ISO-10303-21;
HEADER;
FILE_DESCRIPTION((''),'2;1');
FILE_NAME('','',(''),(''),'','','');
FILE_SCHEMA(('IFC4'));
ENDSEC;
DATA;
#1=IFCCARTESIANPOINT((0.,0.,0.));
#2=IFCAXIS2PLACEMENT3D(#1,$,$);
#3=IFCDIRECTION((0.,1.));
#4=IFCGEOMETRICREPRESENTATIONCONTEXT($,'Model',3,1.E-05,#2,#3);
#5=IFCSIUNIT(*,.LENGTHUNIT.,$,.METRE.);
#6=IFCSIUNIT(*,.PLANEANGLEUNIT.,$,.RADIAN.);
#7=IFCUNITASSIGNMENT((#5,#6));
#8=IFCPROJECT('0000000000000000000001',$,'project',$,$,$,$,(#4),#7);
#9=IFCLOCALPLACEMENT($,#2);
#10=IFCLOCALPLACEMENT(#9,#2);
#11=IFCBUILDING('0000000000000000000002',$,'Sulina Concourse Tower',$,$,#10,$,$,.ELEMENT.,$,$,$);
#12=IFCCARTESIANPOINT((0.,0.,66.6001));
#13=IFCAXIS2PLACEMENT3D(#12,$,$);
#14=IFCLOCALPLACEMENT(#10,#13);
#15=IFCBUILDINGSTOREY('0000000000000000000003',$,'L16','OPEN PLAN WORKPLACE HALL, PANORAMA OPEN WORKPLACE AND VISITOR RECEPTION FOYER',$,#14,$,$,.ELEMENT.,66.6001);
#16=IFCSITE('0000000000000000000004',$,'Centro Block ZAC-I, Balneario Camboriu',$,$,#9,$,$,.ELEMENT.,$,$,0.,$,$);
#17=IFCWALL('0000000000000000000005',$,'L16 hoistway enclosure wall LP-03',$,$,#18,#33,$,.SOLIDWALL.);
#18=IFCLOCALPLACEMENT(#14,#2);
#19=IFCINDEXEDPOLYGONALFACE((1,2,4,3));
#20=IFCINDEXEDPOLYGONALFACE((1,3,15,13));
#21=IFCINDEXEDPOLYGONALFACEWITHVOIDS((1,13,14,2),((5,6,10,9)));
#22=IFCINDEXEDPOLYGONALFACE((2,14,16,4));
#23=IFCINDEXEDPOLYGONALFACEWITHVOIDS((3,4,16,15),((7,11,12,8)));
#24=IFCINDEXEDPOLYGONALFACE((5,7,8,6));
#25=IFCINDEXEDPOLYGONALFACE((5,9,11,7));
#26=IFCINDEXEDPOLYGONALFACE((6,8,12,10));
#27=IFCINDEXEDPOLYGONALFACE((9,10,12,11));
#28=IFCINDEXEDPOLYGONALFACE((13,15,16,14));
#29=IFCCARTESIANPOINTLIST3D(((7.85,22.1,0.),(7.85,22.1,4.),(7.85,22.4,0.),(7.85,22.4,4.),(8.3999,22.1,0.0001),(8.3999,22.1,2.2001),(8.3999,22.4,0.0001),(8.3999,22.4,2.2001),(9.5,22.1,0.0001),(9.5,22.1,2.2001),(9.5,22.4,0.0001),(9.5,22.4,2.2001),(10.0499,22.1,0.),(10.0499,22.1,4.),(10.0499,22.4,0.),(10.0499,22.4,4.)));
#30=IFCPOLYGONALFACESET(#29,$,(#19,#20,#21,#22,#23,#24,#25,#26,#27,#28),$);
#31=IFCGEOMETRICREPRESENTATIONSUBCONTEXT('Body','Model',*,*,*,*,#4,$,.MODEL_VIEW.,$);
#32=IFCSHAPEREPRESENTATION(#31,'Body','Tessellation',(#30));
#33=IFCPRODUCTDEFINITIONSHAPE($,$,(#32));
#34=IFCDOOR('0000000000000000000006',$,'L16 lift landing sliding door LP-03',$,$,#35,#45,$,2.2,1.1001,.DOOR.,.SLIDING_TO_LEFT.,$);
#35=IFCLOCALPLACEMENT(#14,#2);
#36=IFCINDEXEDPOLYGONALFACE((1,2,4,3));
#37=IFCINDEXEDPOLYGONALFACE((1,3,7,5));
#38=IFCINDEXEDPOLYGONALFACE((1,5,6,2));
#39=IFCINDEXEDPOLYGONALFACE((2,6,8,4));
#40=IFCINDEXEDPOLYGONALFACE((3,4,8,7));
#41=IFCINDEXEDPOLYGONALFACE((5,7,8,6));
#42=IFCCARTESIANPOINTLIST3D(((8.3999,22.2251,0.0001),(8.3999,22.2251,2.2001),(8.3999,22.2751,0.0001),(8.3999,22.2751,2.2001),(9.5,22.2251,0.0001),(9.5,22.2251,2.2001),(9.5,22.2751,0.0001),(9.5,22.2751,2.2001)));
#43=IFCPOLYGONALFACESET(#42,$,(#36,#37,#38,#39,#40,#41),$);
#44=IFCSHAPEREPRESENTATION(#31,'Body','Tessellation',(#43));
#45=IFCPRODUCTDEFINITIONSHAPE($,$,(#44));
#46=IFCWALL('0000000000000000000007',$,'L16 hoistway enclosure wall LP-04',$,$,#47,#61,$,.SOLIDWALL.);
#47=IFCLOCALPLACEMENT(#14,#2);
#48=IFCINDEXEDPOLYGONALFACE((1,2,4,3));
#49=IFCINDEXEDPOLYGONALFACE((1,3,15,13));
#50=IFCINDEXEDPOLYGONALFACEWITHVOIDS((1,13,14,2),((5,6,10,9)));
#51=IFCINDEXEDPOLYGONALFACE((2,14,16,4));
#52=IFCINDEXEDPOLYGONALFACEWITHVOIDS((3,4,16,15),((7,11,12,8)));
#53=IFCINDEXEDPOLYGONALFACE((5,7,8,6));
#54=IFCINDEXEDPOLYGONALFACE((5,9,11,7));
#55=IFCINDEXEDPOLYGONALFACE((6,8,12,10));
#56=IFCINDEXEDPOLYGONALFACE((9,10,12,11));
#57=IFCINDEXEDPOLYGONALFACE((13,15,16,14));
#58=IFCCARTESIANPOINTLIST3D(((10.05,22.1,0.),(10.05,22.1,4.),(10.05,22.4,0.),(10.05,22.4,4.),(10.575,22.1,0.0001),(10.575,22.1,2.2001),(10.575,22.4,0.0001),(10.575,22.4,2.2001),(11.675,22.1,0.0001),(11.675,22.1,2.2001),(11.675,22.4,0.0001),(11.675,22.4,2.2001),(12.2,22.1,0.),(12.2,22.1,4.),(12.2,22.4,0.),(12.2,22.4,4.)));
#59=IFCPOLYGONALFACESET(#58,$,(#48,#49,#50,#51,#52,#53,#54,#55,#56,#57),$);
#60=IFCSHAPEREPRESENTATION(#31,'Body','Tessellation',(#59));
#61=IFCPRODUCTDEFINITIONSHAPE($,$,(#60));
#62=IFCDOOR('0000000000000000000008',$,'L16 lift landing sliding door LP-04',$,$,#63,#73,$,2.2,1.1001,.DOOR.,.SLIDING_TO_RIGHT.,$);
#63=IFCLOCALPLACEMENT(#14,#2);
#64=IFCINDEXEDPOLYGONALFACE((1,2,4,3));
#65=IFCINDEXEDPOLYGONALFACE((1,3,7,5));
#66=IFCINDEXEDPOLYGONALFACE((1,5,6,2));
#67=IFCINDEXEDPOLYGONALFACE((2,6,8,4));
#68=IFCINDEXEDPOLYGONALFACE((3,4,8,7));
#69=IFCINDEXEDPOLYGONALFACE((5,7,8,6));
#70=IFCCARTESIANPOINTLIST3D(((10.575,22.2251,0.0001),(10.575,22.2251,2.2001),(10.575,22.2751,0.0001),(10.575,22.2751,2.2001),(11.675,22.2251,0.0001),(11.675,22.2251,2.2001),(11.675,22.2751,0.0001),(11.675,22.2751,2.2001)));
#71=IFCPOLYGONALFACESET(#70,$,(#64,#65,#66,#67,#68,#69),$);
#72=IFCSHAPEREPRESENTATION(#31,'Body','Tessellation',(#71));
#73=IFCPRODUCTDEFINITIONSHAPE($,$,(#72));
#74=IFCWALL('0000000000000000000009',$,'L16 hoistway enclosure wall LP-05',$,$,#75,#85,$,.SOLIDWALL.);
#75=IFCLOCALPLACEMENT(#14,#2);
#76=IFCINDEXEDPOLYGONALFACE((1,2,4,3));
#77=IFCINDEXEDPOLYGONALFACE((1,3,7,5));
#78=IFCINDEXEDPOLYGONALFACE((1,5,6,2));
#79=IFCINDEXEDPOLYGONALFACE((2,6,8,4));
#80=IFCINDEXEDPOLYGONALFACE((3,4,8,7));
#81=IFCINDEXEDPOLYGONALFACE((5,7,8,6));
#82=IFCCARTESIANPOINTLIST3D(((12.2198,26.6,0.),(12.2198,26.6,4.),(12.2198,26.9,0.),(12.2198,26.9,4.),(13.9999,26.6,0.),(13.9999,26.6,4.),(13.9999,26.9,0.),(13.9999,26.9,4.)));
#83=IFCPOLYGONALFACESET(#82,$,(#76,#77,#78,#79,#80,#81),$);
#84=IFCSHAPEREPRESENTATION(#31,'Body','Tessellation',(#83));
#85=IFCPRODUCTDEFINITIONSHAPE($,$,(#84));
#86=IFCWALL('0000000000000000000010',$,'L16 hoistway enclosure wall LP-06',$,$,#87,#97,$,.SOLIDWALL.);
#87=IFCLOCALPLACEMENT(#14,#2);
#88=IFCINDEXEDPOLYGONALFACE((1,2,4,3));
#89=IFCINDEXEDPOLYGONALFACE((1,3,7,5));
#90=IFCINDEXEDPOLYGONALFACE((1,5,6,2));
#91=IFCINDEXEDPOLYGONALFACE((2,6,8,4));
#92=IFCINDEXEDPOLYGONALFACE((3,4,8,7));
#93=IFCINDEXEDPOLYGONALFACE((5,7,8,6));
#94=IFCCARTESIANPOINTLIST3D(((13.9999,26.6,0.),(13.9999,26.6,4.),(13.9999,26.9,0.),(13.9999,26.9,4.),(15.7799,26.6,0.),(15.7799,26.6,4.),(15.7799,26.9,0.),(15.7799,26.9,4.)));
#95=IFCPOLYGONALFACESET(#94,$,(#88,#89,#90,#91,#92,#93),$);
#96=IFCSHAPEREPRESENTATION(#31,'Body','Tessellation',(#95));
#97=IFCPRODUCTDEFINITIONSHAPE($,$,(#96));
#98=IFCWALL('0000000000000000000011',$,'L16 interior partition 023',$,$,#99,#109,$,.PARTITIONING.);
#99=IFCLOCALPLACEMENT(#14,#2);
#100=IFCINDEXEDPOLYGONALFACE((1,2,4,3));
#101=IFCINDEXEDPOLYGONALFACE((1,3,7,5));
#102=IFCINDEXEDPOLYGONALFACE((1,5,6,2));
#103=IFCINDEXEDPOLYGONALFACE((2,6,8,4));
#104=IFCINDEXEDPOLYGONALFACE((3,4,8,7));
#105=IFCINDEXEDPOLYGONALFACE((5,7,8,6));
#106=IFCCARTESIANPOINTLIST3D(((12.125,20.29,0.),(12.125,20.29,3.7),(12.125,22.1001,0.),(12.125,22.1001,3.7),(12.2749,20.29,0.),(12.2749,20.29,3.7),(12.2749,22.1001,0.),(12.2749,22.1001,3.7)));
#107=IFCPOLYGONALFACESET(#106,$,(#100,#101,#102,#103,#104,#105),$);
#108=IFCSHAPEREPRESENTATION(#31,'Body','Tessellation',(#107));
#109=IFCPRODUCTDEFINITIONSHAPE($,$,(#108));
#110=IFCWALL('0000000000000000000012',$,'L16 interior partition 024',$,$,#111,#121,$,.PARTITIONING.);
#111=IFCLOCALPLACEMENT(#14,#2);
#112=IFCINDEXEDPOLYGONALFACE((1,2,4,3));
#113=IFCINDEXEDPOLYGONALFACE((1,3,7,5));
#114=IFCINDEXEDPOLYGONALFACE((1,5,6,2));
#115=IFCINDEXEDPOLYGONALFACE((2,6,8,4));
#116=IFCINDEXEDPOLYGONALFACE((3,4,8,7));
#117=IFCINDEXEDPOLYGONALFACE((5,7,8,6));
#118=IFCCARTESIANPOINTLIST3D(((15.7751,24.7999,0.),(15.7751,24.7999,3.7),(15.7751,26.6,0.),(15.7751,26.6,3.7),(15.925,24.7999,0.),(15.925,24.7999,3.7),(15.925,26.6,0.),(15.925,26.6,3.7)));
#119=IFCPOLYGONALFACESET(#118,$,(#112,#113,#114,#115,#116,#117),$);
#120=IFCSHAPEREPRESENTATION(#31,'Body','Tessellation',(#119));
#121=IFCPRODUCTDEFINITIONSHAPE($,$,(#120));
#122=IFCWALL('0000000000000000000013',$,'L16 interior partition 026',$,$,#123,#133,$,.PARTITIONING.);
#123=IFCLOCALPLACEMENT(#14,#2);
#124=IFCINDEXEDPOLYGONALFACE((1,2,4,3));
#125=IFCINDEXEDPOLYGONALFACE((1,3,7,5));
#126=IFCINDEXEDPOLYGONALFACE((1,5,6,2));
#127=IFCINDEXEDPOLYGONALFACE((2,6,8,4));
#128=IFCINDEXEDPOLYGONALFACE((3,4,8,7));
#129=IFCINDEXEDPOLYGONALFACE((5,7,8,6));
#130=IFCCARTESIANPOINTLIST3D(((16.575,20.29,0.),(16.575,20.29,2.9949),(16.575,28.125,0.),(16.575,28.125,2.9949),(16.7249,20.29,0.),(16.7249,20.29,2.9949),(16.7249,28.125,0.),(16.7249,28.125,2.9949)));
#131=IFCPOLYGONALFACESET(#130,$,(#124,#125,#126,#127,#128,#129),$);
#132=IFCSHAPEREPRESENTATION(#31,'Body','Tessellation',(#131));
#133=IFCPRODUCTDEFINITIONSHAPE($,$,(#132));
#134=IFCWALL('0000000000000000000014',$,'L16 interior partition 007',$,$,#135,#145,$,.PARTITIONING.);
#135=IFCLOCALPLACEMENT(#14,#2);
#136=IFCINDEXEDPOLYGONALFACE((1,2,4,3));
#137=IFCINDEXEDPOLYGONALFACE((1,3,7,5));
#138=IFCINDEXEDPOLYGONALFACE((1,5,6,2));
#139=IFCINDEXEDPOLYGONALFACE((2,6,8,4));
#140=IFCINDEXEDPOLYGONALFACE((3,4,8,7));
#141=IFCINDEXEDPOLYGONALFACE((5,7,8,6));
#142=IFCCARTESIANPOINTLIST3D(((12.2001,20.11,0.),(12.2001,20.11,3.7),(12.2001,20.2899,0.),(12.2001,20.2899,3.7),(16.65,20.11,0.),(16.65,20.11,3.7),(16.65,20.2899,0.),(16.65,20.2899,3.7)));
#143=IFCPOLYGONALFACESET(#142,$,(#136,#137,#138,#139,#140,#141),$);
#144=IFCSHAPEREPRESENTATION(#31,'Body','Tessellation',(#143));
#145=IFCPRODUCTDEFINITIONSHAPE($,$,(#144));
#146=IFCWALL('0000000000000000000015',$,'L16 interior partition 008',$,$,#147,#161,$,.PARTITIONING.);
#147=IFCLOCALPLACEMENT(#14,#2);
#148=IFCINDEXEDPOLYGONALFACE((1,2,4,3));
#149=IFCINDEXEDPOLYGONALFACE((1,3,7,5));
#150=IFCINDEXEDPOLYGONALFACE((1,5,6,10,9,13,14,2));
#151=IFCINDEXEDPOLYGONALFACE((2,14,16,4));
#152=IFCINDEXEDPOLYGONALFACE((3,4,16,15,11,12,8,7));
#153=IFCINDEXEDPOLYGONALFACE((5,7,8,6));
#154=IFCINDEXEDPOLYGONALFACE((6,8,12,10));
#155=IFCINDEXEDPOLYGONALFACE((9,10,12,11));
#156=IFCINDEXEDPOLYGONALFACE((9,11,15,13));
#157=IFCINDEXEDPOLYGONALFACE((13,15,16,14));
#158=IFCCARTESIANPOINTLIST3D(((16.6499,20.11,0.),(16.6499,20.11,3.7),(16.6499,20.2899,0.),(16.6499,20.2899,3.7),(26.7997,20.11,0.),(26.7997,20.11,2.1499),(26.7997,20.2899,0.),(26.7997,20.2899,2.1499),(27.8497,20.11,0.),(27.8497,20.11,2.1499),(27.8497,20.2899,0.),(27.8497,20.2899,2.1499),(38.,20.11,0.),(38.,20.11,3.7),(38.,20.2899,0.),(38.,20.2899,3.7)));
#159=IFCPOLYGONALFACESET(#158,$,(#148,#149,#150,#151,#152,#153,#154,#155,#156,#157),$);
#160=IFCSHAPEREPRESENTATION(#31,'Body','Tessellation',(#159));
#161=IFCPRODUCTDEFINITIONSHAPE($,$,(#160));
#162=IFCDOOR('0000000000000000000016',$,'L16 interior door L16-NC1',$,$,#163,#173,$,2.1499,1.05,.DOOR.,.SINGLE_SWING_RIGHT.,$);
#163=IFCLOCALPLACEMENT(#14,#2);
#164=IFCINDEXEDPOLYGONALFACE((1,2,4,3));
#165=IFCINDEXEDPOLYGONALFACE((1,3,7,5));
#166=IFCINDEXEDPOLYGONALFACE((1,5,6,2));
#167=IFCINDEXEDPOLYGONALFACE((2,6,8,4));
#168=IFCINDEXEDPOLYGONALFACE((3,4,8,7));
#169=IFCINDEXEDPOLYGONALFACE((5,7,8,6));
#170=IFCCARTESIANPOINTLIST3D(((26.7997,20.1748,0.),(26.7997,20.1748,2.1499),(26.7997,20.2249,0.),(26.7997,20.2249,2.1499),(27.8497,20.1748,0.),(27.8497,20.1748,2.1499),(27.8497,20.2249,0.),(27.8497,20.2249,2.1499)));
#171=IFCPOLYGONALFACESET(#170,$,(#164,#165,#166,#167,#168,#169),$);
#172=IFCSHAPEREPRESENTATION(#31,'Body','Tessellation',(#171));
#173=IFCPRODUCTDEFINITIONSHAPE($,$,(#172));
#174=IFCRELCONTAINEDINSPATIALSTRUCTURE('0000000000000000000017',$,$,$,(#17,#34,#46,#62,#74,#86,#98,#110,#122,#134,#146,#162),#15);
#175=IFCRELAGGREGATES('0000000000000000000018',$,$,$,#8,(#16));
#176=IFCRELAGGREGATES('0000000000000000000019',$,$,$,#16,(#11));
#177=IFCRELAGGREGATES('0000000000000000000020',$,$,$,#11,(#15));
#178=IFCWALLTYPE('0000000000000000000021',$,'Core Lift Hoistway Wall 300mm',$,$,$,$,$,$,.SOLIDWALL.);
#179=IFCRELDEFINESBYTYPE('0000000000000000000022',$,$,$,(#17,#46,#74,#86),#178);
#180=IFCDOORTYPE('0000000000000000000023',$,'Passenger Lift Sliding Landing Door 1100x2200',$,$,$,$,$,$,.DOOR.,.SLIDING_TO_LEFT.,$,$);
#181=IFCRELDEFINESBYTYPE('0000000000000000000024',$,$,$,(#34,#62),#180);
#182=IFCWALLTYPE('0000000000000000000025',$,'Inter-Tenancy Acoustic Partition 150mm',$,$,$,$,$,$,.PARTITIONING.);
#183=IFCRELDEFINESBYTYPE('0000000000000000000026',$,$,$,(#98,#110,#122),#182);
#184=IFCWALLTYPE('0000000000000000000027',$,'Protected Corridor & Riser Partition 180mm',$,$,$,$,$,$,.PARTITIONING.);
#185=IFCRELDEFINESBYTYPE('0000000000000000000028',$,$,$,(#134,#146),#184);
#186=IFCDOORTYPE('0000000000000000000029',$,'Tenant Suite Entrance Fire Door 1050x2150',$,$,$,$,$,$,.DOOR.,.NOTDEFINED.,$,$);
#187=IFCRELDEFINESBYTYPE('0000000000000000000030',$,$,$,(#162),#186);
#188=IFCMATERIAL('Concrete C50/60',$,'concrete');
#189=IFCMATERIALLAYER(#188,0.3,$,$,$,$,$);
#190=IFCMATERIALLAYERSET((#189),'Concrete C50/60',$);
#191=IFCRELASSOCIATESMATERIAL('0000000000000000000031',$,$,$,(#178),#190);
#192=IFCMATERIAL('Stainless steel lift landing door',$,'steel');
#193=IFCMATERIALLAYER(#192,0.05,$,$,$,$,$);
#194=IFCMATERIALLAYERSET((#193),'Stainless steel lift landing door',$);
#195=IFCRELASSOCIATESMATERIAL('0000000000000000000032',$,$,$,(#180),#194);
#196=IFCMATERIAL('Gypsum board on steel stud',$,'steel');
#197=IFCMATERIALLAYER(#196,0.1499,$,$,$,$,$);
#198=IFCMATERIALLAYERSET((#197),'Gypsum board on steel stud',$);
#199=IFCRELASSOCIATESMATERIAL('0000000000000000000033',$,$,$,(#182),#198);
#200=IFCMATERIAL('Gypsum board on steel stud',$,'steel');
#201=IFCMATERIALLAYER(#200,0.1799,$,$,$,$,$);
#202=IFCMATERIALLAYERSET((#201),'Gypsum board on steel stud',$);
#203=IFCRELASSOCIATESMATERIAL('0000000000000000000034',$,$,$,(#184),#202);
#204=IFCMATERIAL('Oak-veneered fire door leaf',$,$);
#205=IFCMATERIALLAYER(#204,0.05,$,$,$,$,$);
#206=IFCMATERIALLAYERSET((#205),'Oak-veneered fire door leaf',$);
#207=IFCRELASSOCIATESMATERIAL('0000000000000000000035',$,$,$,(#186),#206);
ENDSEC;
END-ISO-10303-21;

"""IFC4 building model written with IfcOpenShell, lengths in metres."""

from ifc_helpers import new_model, si_unit, direction, frame, frame_2d, origin, place, context, subcontext, project, spatial, rectangle, extrude, material, layer, layer_set, type_object, element, fill, save


model = new_model("IFC4")

# Units and contexts
model_context = context("Model", 3, precision=1e-05, world=origin(), true_north=direction((0.0, 1.0)))
body_context = subcontext(model_context, "Body", "Model", "MODEL_VIEW")
ifc_project = project(units=[si_unit("LENGTHUNIT", "METRE"), si_unit("PLANEANGLEUNIT", "RADIAN")], contexts=[model_context])

# Site, building, storey
site_placement = place(None, origin())
site = spatial("IfcSite", under=ifc_project, at=site_placement, Name="Centro Block ZAC-I, Balneario Camboriu", CompositionType="ELEMENT", RefElevation=0.0)
building_placement = place(site_placement, origin())
building = spatial("IfcBuilding", under=site, at=building_placement, Name="Sulina Concourse Tower", CompositionType="ELEMENT")
storey_placement = place(building_placement, frame((0.0, 0.0, 66.6001)))
storey = spatial("IfcBuildingStorey", under=building, at=storey_placement, Name="L16", Description="OPEN PLAN WORKPLACE HALL, PANORAMA OPEN WORKPLACE AND VISITOR RECEPTION FOYER", CompositionType="ELEMENT", Elevation=66.6001)

# Walls, openings, doors
ifc_material_1 = material(Name="Concrete C50/60", Category="concrete")
ifc_layer_1 = layer(ifc_material_1, 0.3)
ifc_layer_set_1 = layer_set([ifc_layer_1], Name="Concrete C50/60")
wall_type_1 = type_object("IfcWallType", Name="Core Lift Hoistway Wall 300mm", PredefinedType="SOLIDWALL", material=ifc_layer_set_1)
wall_1_placement = place(storey_placement, frame((10.05, 22.25, 0.0), z_axis=(0.0, 0.0, 1.0), x_axis=(-1.0, 0.0, 0.0)))
wall_1 = element("IfcWall", 1, at=wall_1_placement, inside=storey, type_object=wall_type_1, Name="L16 hoistway enclosure wall LP-03", PredefinedType="SOLIDWALL", context=body_context, shape_type="SweptSolid", body=[
    extrude(rectangle(XDim=2.2, YDim=0.3, at=frame_2d((1.1001, 0.0))), origin(), (0.0, 0.0, 1.0), 4.0),
])
opening_1_placement = place(wall_1_placement, frame((0.55, 0.0, 0.0)))
opening_1 = element("IfcOpeningElement", 2, at=opening_1_placement, cuts=wall_1, PredefinedType="OPENING", context=body_context, shape_type="SweptSolid", body=[
    extrude(rectangle(XDim=1.1001, YDim=2.2, at=frame_2d((0.55, 1.1001))), frame((0.0, 0.1599, 0.0), z_axis=(0.0, -1.0, 0.0), x_axis=(1.0, 0.0, 0.0)), (0.0, 0.0, 1.0), 0.3201),
])
ifc_material_2 = material(Name="Stainless steel lift landing door", Category="steel")
ifc_layer_2 = layer(ifc_material_2, 0.05)
ifc_layer_set_2 = layer_set([ifc_layer_2], Name="Stainless steel lift landing door")
door_type_1 = type_object("IfcDoorType", Name="Passenger Lift Sliding Landing Door 1100x2200", OperationType="SLIDING_TO_LEFT", PredefinedType="DOOR", material=ifc_layer_set_2)
door_1_placement = place(opening_1_placement, origin())
door_1 = element("IfcDoor", 3, at=door_1_placement, inside=storey, type_object=door_type_1, Name="L16 lift landing sliding door LP-03", OperationType="SLIDING_TO_LEFT", OverallHeight=2.2, OverallWidth=1.1001, PredefinedType="DOOR", context=body_context, shape_type="SweptSolid", body=[
    extrude(rectangle(XDim=1.1001, YDim=2.2, at=frame_2d((0.55, 1.1001))), frame((0.0, 0.0249, 0.0), z_axis=(0.0, -1.0, 0.0), x_axis=(1.0, 0.0, 0.0)), (0.0, 0.0, 1.0), 0.05),
])
fill(opening_1, door_1)
wall_2_placement = place(storey_placement, frame((12.2, 22.25, 0.0), z_axis=(0.0, 0.0, 1.0), x_axis=(-1.0, 0.0, 0.0)))
wall_2 = element("IfcWall", 4, at=wall_2_placement, inside=storey, type_object=wall_type_1, Name="L16 hoistway enclosure wall LP-04", PredefinedType="SOLIDWALL", context=body_context, shape_type="SweptSolid", body=[
    extrude(rectangle(XDim=2.1499, YDim=0.3, at=frame_2d((1.075, 0.0))), origin(), (0.0, 0.0, 1.0), 4.0),
])
opening_2_placement = place(wall_2_placement, frame((0.5249, 0.0, 0.0)))
opening_2 = element("IfcOpeningElement", 5, at=opening_2_placement, cuts=wall_2, PredefinedType="OPENING", context=body_context, shape_type="SweptSolid", body=[
    extrude(rectangle(XDim=1.1001, YDim=2.2, at=frame_2d((0.55, 1.1001))), frame((0.0, 0.1599, 0.0), z_axis=(0.0, -1.0, 0.0), x_axis=(1.0, 0.0, 0.0)), (0.0, 0.0, 1.0), 0.3201),
])
door_2_placement = place(opening_2_placement, origin())
door_2 = element("IfcDoor", 6, at=door_2_placement, inside=storey, type_object=door_type_1, Name="L16 lift landing sliding door LP-04", OperationType="SLIDING_TO_RIGHT", OverallHeight=2.2, OverallWidth=1.1001, PredefinedType="DOOR", context=body_context, shape_type="SweptSolid", body=[
    extrude(rectangle(XDim=1.1001, YDim=2.2, at=frame_2d((0.55, 1.1001))), frame((0.0, 0.0249, 0.0), z_axis=(0.0, -1.0, 0.0), x_axis=(1.0, 0.0, 0.0)), (0.0, 0.0, 1.0), 0.05),
])
fill(opening_2, door_2)

# Walls
for number, where, z_axis, x_axis, name in (
    (7, (14.0, 26.75, 0.0), (0.0, 0.0, 1.0), (-1.0, 0.0, 0.0), "L16 hoistway enclosure wall LP-05"),
    (8, (15.78, 26.75, 0.0), (0.0, 0.0, 1.0), (-1.0, 0.0, 0.0), "L16 hoistway enclosure wall LP-06"),
):
    element("IfcWall", number, at=place(storey_placement, frame(where, z_axis=z_axis, x_axis=x_axis)), inside=storey, type_object=wall_type_1, Name=name, PredefinedType="SOLIDWALL", context=body_context, shape_type="SweptSolid", body=[
        extrude(rectangle(XDim=1.78, YDim=0.3, at=frame_2d((0.8901, 0.0))), origin(), (0.0, 0.0, 1.0), 4.0),
    ])
ifc_material_3 = material(Name="Gypsum board on steel stud", Category="steel")
ifc_layer_3 = layer(ifc_material_3, 0.1499)
ifc_layer_set_3 = layer_set([ifc_layer_3], Name="Gypsum board on steel stud")
wall_type_2 = type_object("IfcWallType", Name="Inter-Tenancy Acoustic Partition 150mm", PredefinedType="PARTITIONING", material=ifc_layer_set_3)
wall_3_placement = place(storey_placement, frame((12.2, 20.29, 0.0), z_axis=(0.0, 0.0, 1.0), x_axis=(0.0, 1.0, 0.0)))
element("IfcWall", 9, at=wall_3_placement, inside=storey, type_object=wall_type_2, Name="L16 interior partition 023", PredefinedType="PARTITIONING", context=body_context, shape_type="SweptSolid", body=[
    extrude(rectangle(XDim=1.8101, YDim=0.1499, at=frame_2d((0.905, 0.0))), origin(), (0.0, 0.0, 1.0), 3.7),
])
wall_4_placement = place(storey_placement, frame((15.8501, 24.8, 0.0), z_axis=(0.0, 0.0, 1.0), x_axis=(0.0, 1.0, 0.0)))
element("IfcWall", 10, at=wall_4_placement, inside=storey, type_object=wall_type_2, Name="L16 interior partition 024", PredefinedType="PARTITIONING", context=body_context, shape_type="SweptSolid", body=[
    extrude(rectangle(XDim=1.8, YDim=0.1499, at=frame_2d((0.8999, 0.0))), origin(), (0.0, 0.0, 1.0), 3.7),
])
wall_5_placement = place(storey_placement, frame((16.6499, 20.29, 0.0), z_axis=(0.0, 0.0, 1.0), x_axis=(0.0, 1.0, 0.0)))
element("IfcWall", 11, at=wall_5_placement, inside=storey, type_object=wall_type_2, Name="L16 interior partition 026", PredefinedType="PARTITIONING", context=body_context, shape_type="SweptSolid", body=[
    extrude(rectangle(XDim=7.835, YDim=0.1499, at=frame_2d((3.9175, 0.0))), origin(), (0.0, 0.0, 1.0), 2.9949),
])
ifc_material_4 = material(Name="Gypsum board on steel stud", Category="steel")
ifc_layer_4 = layer(ifc_material_4, 0.1799)
ifc_layer_set_4 = layer_set([ifc_layer_4], Name="Gypsum board on steel stud")
wall_type_3 = type_object("IfcWallType", Name="Protected Corridor & Riser Partition 180mm", PredefinedType="PARTITIONING", material=ifc_layer_set_4)
wall_6_placement = place(storey_placement, frame((12.2, 20.2, 0.0), z_axis=(0.0, 0.0, 1.0), x_axis=(1.0, 0.0, 0.0)))
element("IfcWall", 12, at=wall_6_placement, inside=storey, type_object=wall_type_3, Name="L16 interior partition 007", PredefinedType="PARTITIONING", context=body_context, shape_type="SweptSolid", body=[
    extrude(rectangle(XDim=4.45, YDim=0.1799, at=frame_2d((2.2251, 0.0))), origin(), (0.0, 0.0, 1.0), 3.7),
])

# Wall, opening, door
wall_7_placement = place(storey_placement, frame((16.6499, 20.2, 0.0), z_axis=(0.0, 0.0, 1.0), x_axis=(1.0, 0.0, 0.0)))
wall_7 = element("IfcWall", 13, at=wall_7_placement, inside=storey, type_object=wall_type_3, Name="L16 interior partition 008", PredefinedType="PARTITIONING", context=body_context, shape_type="SweptSolid", body=[
    extrude(rectangle(XDim=21.3501, YDim=0.1799, at=frame_2d((10.675, 0.0))), origin(), (0.0, 0.0, 1.0), 3.7),
])
opening_3_placement = place(wall_7_placement, frame((10.1499, 0.0, 0.0)))
opening_3 = element("IfcOpeningElement", 14, at=opening_3_placement, cuts=wall_7, PredefinedType="OPENING", context=body_context, shape_type="SweptSolid", body=[
    extrude(rectangle(XDim=1.05, YDim=2.1499, at=frame_2d((0.5249, 1.075))), frame((0.0, 0.0999, 0.0), z_axis=(0.0, -1.0, 0.0), x_axis=(1.0, 0.0, 0.0)), (0.0, 0.0, 1.0), 0.2),
])
ifc_material_5 = material(Name="Oak-veneered fire door leaf")
ifc_layer_5 = layer(ifc_material_5, 0.05)
ifc_layer_set_5 = layer_set([ifc_layer_5], Name="Oak-veneered fire door leaf")
door_type_2 = type_object("IfcDoorType", Name="Tenant Suite Entrance Fire Door 1050x2150", OperationType="NOTDEFINED", PredefinedType="DOOR", material=ifc_layer_set_5)
door_3_placement = place(opening_3_placement, origin())
door_3 = element("IfcDoor", 15, at=door_3_placement, inside=storey, type_object=door_type_2, Name="L16 interior door L16-NC1", OperationType="SINGLE_SWING_RIGHT", OverallHeight=2.1499, OverallWidth=1.05, PredefinedType="DOOR", context=body_context, shape_type="SweptSolid", body=[
    extrude(rectangle(XDim=1.05, YDim=2.1499, at=frame_2d((0.5249, 1.075))), frame((0.0, 0.0249, 0.0), z_axis=(0.0, -1.0, 0.0), x_axis=(1.0, 0.0, 0.0)), (0.0, 0.0, 1.0), 0.05),
])
fill(opening_3, door_3)

save(model, "model.ifc")
